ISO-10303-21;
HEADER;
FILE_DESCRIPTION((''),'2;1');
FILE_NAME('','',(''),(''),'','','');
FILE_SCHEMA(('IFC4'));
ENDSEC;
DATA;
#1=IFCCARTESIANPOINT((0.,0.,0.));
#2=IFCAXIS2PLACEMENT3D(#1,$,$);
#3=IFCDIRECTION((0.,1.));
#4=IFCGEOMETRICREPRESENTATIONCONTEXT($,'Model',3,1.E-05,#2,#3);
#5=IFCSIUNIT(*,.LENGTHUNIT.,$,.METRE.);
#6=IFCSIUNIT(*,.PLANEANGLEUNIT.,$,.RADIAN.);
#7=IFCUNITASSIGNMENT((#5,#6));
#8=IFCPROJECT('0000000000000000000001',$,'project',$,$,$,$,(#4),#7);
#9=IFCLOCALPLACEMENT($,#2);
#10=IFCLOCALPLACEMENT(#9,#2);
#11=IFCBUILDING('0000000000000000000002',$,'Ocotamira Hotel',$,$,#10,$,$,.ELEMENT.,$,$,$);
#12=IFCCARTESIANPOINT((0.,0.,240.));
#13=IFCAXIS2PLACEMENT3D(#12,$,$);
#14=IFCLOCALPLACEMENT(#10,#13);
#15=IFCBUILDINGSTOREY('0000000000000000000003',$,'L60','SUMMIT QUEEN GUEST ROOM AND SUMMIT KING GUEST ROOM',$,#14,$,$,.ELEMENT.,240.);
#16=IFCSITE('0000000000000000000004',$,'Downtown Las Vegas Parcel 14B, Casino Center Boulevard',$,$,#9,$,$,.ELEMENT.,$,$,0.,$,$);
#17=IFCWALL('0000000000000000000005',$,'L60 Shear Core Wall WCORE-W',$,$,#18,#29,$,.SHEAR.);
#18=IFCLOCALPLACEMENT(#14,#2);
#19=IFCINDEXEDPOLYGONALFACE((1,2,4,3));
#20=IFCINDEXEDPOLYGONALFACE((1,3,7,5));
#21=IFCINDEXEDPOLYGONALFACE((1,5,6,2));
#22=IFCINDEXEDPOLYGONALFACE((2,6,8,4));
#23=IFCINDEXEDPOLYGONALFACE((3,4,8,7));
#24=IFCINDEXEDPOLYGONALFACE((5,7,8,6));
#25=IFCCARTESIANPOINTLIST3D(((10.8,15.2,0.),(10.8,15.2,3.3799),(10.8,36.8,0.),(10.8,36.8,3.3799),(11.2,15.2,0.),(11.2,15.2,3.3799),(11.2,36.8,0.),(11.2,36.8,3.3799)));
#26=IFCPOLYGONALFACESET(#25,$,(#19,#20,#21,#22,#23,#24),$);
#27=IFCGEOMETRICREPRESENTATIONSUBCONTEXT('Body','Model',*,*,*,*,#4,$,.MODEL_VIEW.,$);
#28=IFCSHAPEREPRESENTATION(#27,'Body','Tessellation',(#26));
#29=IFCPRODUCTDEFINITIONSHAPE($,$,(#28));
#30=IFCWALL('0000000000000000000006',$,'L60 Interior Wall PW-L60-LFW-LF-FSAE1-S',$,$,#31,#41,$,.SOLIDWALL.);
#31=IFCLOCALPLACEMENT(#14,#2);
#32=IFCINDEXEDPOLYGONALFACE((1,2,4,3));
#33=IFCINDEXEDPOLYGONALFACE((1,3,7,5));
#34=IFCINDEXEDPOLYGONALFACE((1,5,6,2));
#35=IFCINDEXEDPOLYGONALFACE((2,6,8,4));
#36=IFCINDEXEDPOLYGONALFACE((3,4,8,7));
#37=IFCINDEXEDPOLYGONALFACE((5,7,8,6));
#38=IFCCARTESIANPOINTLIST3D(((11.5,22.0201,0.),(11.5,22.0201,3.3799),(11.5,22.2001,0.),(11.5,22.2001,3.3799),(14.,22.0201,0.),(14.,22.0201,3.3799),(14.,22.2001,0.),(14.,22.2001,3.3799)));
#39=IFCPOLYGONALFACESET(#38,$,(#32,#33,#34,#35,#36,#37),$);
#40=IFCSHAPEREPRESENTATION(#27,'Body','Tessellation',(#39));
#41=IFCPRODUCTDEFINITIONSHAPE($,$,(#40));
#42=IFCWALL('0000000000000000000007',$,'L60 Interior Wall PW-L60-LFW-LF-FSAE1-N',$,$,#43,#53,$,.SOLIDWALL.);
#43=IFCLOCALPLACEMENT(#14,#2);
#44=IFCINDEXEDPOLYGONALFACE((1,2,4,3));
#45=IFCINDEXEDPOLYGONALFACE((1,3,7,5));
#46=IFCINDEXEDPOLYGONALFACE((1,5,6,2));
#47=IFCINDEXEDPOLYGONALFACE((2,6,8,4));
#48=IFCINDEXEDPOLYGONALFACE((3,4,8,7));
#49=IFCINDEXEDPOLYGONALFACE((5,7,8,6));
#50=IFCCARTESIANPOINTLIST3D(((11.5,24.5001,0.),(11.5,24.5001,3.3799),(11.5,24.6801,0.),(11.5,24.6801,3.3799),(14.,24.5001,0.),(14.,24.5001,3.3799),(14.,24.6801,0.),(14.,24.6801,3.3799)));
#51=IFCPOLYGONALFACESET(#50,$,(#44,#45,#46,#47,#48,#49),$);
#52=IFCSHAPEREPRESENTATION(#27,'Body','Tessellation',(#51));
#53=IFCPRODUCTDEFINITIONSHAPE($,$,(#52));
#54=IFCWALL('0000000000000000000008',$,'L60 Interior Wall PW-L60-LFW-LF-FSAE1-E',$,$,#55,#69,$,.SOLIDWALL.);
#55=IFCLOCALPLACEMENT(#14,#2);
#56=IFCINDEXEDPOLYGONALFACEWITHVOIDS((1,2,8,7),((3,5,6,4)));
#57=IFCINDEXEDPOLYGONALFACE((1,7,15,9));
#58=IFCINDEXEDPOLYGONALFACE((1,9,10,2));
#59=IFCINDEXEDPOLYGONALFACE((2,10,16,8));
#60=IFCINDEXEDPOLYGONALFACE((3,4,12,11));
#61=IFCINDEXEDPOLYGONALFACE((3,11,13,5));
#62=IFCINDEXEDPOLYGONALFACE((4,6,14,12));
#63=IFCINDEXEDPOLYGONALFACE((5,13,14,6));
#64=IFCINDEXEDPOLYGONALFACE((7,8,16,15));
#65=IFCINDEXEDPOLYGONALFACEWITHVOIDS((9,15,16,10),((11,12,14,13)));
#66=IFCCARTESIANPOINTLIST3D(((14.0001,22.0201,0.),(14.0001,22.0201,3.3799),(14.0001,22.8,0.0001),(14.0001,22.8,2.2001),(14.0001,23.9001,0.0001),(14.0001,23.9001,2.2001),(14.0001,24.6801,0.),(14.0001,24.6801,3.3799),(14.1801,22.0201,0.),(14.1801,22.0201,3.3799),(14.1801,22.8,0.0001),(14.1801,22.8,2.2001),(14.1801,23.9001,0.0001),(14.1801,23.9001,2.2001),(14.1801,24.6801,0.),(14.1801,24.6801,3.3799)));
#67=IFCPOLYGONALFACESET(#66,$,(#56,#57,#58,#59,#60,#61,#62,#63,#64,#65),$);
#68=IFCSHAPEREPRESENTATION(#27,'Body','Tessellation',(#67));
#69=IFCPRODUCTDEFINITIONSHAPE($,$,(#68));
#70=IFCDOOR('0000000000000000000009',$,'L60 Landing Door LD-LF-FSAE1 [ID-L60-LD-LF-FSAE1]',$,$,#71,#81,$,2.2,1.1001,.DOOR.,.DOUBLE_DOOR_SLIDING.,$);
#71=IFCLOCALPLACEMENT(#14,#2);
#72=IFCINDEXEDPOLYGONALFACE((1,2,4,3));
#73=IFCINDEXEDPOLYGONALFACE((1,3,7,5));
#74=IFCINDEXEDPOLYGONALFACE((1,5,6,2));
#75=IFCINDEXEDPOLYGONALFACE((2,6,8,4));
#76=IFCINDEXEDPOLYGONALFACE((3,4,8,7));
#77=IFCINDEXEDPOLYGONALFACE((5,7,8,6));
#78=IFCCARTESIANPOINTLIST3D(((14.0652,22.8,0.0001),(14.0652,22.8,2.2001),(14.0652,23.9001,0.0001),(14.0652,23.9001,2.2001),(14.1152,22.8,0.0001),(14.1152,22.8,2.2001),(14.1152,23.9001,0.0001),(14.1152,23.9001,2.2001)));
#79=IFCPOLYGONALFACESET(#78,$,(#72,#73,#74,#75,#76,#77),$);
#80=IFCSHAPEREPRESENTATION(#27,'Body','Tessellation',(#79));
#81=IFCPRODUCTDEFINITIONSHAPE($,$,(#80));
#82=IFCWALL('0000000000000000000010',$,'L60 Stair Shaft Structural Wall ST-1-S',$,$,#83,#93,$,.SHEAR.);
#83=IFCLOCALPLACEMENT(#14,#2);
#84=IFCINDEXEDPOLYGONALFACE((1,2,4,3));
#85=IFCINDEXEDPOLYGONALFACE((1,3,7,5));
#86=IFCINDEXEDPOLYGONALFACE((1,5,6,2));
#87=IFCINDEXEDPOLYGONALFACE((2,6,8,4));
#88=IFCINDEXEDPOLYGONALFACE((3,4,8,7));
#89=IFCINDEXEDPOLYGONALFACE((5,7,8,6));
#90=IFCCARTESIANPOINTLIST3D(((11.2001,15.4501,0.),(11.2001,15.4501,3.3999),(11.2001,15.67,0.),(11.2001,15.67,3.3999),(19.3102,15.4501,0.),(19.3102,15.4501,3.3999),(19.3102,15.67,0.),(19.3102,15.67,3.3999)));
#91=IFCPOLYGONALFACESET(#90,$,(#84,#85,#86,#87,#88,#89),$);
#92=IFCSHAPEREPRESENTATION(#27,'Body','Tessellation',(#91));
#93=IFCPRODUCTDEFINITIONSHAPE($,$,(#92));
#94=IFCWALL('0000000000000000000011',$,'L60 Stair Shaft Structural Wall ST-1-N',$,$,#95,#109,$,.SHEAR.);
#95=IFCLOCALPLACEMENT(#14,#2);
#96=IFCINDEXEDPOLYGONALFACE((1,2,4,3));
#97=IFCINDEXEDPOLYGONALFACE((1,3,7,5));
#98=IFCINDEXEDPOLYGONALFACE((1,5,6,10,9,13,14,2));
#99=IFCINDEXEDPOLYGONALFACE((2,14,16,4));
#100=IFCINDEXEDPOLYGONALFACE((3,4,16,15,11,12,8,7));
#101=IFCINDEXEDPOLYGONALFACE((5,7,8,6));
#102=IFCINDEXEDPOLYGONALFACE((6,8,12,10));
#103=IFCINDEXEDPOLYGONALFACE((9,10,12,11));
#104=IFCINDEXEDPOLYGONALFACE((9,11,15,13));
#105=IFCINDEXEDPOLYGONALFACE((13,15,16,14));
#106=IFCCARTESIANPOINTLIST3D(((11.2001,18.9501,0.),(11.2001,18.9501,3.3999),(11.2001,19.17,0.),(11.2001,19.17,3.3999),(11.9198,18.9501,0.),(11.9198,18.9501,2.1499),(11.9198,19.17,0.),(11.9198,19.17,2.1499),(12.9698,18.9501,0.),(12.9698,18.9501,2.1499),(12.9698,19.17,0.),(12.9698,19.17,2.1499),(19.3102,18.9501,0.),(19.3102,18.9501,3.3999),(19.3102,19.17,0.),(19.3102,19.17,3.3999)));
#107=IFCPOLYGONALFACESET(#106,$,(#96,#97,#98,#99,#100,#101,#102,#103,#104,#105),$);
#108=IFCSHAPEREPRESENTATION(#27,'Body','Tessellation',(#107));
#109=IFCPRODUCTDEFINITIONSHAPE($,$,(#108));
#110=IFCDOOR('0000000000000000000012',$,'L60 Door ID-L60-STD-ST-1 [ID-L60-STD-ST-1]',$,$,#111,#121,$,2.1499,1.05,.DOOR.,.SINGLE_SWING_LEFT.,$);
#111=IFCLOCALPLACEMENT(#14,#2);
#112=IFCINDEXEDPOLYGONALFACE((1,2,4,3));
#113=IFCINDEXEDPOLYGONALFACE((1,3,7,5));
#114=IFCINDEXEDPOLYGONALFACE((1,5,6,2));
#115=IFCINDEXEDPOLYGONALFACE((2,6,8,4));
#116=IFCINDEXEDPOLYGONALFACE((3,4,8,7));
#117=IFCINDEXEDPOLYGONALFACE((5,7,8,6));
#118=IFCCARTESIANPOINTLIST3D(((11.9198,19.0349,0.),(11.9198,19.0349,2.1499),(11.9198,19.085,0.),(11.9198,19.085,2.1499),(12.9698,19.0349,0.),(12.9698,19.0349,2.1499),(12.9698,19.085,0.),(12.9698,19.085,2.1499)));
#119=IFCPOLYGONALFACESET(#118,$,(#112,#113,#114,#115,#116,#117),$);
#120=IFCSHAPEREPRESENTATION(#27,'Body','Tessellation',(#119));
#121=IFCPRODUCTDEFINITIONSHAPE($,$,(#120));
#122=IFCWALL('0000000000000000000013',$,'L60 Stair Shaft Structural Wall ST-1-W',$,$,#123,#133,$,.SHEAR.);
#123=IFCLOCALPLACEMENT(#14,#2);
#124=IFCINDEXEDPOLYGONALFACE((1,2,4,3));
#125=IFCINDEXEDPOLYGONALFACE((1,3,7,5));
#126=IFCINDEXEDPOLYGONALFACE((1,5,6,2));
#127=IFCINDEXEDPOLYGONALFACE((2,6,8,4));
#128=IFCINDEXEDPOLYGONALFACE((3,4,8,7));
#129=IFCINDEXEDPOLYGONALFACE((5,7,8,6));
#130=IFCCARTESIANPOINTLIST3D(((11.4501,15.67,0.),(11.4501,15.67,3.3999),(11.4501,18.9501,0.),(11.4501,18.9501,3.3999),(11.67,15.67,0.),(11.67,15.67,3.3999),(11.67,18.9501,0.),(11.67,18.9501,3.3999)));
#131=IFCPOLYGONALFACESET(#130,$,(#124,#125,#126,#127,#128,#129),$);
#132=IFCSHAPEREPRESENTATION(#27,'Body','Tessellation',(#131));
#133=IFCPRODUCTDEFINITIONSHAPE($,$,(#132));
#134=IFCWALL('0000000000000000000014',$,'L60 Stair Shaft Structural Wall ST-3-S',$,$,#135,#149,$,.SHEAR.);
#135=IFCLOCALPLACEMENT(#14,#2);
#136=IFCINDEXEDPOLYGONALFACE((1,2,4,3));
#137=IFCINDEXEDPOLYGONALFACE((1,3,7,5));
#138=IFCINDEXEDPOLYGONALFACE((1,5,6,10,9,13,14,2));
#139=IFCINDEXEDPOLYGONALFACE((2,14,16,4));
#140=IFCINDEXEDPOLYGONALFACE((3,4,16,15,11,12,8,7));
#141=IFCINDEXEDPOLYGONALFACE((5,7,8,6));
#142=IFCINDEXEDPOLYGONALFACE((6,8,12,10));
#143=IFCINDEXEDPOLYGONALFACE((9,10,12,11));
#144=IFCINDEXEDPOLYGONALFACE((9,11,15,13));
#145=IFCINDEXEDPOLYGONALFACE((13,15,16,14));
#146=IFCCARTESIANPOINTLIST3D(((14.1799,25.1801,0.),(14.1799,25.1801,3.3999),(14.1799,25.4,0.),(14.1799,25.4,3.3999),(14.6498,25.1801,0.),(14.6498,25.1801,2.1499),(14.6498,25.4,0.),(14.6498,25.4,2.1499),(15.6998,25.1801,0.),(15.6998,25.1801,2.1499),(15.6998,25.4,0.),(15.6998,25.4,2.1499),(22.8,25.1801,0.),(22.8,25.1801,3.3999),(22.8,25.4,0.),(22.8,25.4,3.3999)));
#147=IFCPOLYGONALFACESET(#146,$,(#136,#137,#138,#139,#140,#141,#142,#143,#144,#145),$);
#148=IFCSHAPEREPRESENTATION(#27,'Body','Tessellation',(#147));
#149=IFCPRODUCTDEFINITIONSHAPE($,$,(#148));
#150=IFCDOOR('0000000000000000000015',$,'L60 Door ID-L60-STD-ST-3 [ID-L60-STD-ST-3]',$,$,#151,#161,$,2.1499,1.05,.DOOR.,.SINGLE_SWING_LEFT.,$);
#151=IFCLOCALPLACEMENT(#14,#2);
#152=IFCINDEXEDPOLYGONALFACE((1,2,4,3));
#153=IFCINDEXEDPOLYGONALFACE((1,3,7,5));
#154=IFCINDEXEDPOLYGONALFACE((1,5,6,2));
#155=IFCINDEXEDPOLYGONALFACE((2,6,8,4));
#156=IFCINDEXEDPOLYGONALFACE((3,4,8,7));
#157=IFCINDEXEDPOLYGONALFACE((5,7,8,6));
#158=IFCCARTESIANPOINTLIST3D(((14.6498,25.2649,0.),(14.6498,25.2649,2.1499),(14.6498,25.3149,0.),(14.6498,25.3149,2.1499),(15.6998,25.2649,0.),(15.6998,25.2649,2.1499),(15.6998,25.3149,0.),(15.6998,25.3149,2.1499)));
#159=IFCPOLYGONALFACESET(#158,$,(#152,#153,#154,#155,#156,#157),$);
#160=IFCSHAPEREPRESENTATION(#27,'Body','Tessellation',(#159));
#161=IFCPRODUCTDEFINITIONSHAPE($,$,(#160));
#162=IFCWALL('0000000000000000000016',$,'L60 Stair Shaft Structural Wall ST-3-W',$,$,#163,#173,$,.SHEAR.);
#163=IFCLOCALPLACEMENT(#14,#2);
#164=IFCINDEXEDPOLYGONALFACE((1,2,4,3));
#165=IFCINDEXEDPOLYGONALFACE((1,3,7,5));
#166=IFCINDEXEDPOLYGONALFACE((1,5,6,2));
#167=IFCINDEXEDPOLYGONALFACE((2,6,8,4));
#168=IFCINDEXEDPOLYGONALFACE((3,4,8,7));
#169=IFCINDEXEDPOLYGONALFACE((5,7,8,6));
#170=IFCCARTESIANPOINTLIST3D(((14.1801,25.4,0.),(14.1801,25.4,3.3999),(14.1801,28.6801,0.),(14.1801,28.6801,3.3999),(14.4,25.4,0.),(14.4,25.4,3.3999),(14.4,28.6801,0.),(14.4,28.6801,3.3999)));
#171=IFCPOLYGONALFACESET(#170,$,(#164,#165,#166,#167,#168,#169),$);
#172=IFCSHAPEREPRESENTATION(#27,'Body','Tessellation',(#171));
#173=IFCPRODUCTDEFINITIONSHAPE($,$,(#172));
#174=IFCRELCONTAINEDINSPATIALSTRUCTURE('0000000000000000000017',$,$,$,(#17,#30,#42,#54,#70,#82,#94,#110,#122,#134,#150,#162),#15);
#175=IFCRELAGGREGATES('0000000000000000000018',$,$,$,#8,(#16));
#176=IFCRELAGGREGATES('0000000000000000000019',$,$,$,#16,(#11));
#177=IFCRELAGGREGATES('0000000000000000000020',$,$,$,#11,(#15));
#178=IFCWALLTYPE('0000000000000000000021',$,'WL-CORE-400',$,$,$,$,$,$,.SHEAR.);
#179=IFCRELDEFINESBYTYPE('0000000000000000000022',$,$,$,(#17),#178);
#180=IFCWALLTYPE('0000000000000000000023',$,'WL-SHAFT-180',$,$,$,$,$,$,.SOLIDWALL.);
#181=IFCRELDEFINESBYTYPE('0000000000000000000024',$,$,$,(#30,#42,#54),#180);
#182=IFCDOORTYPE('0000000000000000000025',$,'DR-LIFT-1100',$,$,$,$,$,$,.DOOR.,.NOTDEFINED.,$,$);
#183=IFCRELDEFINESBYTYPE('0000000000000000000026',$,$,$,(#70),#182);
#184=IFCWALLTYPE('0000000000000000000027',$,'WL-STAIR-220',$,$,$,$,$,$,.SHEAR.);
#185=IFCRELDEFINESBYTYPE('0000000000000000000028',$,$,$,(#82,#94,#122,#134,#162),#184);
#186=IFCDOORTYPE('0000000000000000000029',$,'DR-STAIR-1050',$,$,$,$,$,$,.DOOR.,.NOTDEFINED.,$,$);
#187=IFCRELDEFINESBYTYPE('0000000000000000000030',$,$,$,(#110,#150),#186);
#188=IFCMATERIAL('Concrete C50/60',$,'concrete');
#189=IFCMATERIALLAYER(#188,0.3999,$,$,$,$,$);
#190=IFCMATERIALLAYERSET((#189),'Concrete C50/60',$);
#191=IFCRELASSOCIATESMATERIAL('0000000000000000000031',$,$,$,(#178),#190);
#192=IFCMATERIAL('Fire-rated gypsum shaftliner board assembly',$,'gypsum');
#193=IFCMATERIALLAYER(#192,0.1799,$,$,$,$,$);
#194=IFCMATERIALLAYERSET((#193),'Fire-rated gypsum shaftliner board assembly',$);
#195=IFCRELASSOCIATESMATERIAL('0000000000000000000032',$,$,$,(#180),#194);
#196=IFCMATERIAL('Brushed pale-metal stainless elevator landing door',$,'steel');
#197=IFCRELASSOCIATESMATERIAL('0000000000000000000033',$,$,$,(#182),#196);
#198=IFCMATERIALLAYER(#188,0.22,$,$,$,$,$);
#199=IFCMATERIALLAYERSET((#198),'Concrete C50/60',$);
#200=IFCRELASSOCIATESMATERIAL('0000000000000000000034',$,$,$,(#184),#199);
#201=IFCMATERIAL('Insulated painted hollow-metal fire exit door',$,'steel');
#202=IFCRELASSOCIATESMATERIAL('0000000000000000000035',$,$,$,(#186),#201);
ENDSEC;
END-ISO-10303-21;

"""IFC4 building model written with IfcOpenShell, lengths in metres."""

from ifc_helpers import new_model, si_unit, direction, frame, frame_2d, origin, place, context, subcontext, project, spatial, rectangle, extrude, source, transform, mapped, material, layer, layer_set, type_object, element, fill, save


model = new_model("IFC4")

# Units and contexts
model_context = context("Model", 3, precision=1e-05, world=origin(), true_north=direction((0.0, 1.0)))
body_context = subcontext(model_context, "Body", "Model", "MODEL_VIEW")
ifc_project = project(units=[si_unit("LENGTHUNIT", "METRE"), si_unit("PLANEANGLEUNIT", "RADIAN")], contexts=[model_context])

# Site, building, storey
site_placement = place(None, origin())
site = spatial("IfcSite", under=ifc_project, at=site_placement, Name="Downtown Las Vegas Parcel 14B, Casino Center Boulevard", CompositionType="ELEMENT", RefElevation=0.0)
building_placement = place(site_placement, origin())
building = spatial("IfcBuilding", under=site, at=building_placement, Name="Ocotamira Hotel", CompositionType="ELEMENT")
storey_placement = place(building_placement, frame((0.0, 0.0, 240.0)))
storey = spatial("IfcBuildingStorey", under=building, at=storey_placement, Name="L60", Description="SUMMIT QUEEN GUEST ROOM AND SUMMIT KING GUEST ROOM", CompositionType="ELEMENT", Elevation=240.0)

# Wall
ifc_material_1 = material(Name="Concrete C50/60", Category="concrete")
ifc_layer_1 = layer(ifc_material_1, 0.3999)
ifc_layer_set_1 = layer_set([ifc_layer_1], Name="Concrete C50/60")
wall_type_1 = type_object("IfcWallType", Name="WL-CORE-400", PredefinedType="SHEAR", material=ifc_layer_set_1)
wall_1_placement = place(storey_placement, frame((11.0, 15.2, 0.0), z_axis=(0.0, 0.0, 1.0), x_axis=(0.0, 1.0, 0.0)))
element("IfcWall", 1, at=wall_1_placement, inside=storey, type_object=wall_type_1, Name="L60 Shear Core Wall WCORE-W", PredefinedType="SHEAR", context=body_context, shape_type="SweptSolid", body=[
    extrude(rectangle(XDim=21.6001, YDim=0.3999, at=frame_2d((10.8, 0.0))), origin(), (0.0, 0.0, 1.0), 3.3799),
])

# Walls
ifc_material_2 = material(Name="Fire-rated gypsum shaftliner board assembly", Category="gypsum")
ifc_layer_2 = layer(ifc_material_2, 0.1799)
ifc_layer_set_2 = layer_set([ifc_layer_2], Name="Fire-rated gypsum shaftliner board assembly")
wall_type_2 = type_object("IfcWallType", Name="WL-SHAFT-180", PredefinedType="SOLIDWALL", material=ifc_layer_set_2)
for number, where, z_axis, x_axis, name in (
    (2, (11.5, 22.1101, 0.0), (0.0, 0.0, 1.0), (1.0, 0.0, 0.0), "L60 Interior Wall PW-L60-LFW-LF-FSAE1-S"),
    (3, (11.5, 24.5901, 0.0), (0.0, 0.0, 1.0), (1.0, 0.0, 0.0), "L60 Interior Wall PW-L60-LFW-LF-FSAE1-N"),
):
    element("IfcWall", number, at=place(storey_placement, frame(where, z_axis=z_axis, x_axis=x_axis)), inside=storey, type_object=wall_type_2, Name=name, PredefinedType="SOLIDWALL", context=body_context, shape_type="SweptSolid", body=[
        extrude(rectangle(XDim=2.5, YDim=0.1799, at=frame_2d((1.25, 0.0))), origin(), (0.0, 0.0, 1.0), 3.3799),
    ])

# Wall, opening, door
wall_2_placement = place(storey_placement, frame((14.0901, 22.02, 0.0), z_axis=(0.0, 0.0, 1.0), x_axis=(0.0, 1.0, 0.0)))
wall_2 = element("IfcWall", 4, at=wall_2_placement, inside=storey, type_object=wall_type_2, Name="L60 Interior Wall PW-L60-LFW-LF-FSAE1-E", PredefinedType="SOLIDWALL", context=body_context, shape_type="SweptSolid", body=[
    extrude(rectangle(XDim=2.6599, YDim=0.1799, at=frame_2d((1.3301, 0.0))), origin(), (0.0, 0.0, 1.0), 3.3799),
])
opening_1_placement = place(wall_2_placement, frame((0.78, 0.0, 0.0)))
opening_1 = element("IfcOpeningElement", 5, at=opening_1_placement, cuts=wall_2, PredefinedType="OPENING", context=body_context, shape_type="SweptSolid", body=[
    extrude(rectangle(XDim=1.1001, YDim=2.2, at=frame_2d((0.55, 1.1001))), frame((0.0, 0.1001, 0.0), z_axis=(0.0, -1.0, 0.0), x_axis=(1.0, 0.0, 0.0)), (0.0, 0.0, 1.0), 0.2),
])
ifc_material_3 = material(Name="Brushed pale-metal stainless elevator landing door", Category="steel")
door_type_1 = type_object("IfcDoorType", Name="DR-LIFT-1100", OperationType="NOTDEFINED", PredefinedType="DOOR", material=ifc_material_3)
shared_shape_1 = source(origin(), body_context, "Body", "SweptSolid", [
    extrude(rectangle(XDim=1.1001, YDim=2.2, at=frame_2d((0.55, 1.1001))), frame((0.0, 0.0249, 0.0), z_axis=(0.0, -1.0, 0.0), x_axis=(1.0, 0.0, 0.0)), (0.0, 0.0, 1.0), 0.05),
])
door_1_placement = place(opening_1_placement, origin())
door_1 = element("IfcDoor", 6, at=door_1_placement, inside=storey, type_object=door_type_1, Name="L60 Landing Door LD-LF-FSAE1 [ID-L60-LD-LF-FSAE1]", OperationType="DOUBLE_DOOR_SLIDING", OverallHeight=2.2, OverallWidth=1.1001, PredefinedType="DOOR", context=body_context, shape_type="MappedRepresentation", body=[
    mapped(shared_shape_1, transform((0.0, 0.0, 0.0), scale=1.0)),
])
fill(opening_1, door_1)

# Wall
ifc_layer_3 = layer(ifc_material_1, 0.22)
ifc_layer_set_3 = layer_set([ifc_layer_3], Name="Concrete C50/60")
wall_type_3 = type_object("IfcWallType", Name="WL-STAIR-220", PredefinedType="SHEAR", material=ifc_layer_set_3)
wall_3_placement = place(storey_placement, frame((11.2, 15.5601, 0.0), z_axis=(0.0, 0.0, 1.0), x_axis=(1.0, 0.0, 0.0)))
element("IfcWall", 7, at=wall_3_placement, inside=storey, type_object=wall_type_3, Name="L60 Stair Shaft Structural Wall ST-1-S", PredefinedType="SHEAR", context=body_context, shape_type="SweptSolid", body=[
    extrude(rectangle(XDim=8.1101, YDim=0.22, at=frame_2d((4.0552, 0.0))), origin(), (0.0, 0.0, 1.0), 3.3999),
])

# Wall, opening, door
wall_4_placement = place(storey_placement, frame((11.2, 19.0601, 0.0), z_axis=(0.0, 0.0, 1.0), x_axis=(1.0, 0.0, 0.0)))
wall_4 = element("IfcWall", 8, at=wall_4_placement, inside=storey, type_object=wall_type_3, Name="L60 Stair Shaft Structural Wall ST-1-N", PredefinedType="SHEAR", context=body_context, shape_type="SweptSolid", body=[
    extrude(rectangle(XDim=8.1101, YDim=0.22, at=frame_2d((4.0552, 0.0))), origin(), (0.0, 0.0, 1.0), 3.3999),
])
opening_2_placement = place(wall_4_placement, frame((0.72, 0.0, 0.0)))
opening_2 = element("IfcOpeningElement", 9, at=opening_2_placement, cuts=wall_4, PredefinedType="OPENING", context=body_context, shape_type="SweptSolid", body=[
    extrude(rectangle(XDim=1.05, YDim=2.1499, at=frame_2d((0.5249, 1.075))), frame((0.0, 0.1201, 0.0), z_axis=(0.0, -1.0, 0.0), x_axis=(1.0, 0.0, 0.0)), (0.0, 0.0, 1.0), 0.24),
])
ifc_material_4 = material(Name="Insulated painted hollow-metal fire exit door", Category="steel")
door_type_2 = type_object("IfcDoorType", Name="DR-STAIR-1050", OperationType="NOTDEFINED", PredefinedType="DOOR", material=ifc_material_4)
shared_shape_2 = source(origin(), body_context, "Body", "SweptSolid", [
    extrude(rectangle(XDim=1.05, YDim=2.1499, at=frame_2d((0.5249, 1.075))), frame((0.0, 0.0249, 0.0), z_axis=(0.0, -1.0, 0.0), x_axis=(1.0, 0.0, 0.0)), (0.0, 0.0, 1.0), 0.05),
])
door_2_placement = place(opening_2_placement, origin())
door_2 = element("IfcDoor", 10, at=door_2_placement, inside=storey, type_object=door_type_2, Name="L60 Door ID-L60-STD-ST-1 [ID-L60-STD-ST-1]", OperationType="SINGLE_SWING_LEFT", OverallHeight=2.1499, OverallWidth=1.05, PredefinedType="DOOR", context=body_context, shape_type="MappedRepresentation", body=[
    mapped(shared_shape_2, transform((0.0, 0.0, 0.0), scale=1.0)),
])
fill(opening_2, door_2)

# Wall
wall_5_placement = place(storey_placement, frame((11.5601, 15.6699, 0.0), z_axis=(0.0, 0.0, 1.0), x_axis=(0.0, 1.0, 0.0)))
element("IfcWall", 11, at=wall_5_placement, inside=storey, type_object=wall_type_3, Name="L60 Stair Shaft Structural Wall ST-1-W", PredefinedType="SHEAR", context=body_context, shape_type="SweptSolid", body=[
    extrude(rectangle(XDim=3.28, YDim=0.22, at=frame_2d((1.6401, 0.0))), origin(), (0.0, 0.0, 1.0), 3.3999),
])

# Wall, opening, door
wall_6_placement = place(storey_placement, frame((14.1799, 25.29, 0.0), z_axis=(0.0, 0.0, 1.0), x_axis=(1.0, 0.0, 0.0)))
wall_6 = element("IfcWall", 12, at=wall_6_placement, inside=storey, type_object=wall_type_3, Name="L60 Stair Shaft Structural Wall ST-3-S", PredefinedType="SHEAR", context=body_context, shape_type="SweptSolid", body=[
    extrude(rectangle(XDim=8.6201, YDim=0.22, at=frame_2d((4.3101, 0.0))), origin(), (0.0, 0.0, 1.0), 3.3999),
])
opening_3_placement = place(wall_6_placement, frame((0.47, 0.0, 0.0)))
opening_3 = element("IfcOpeningElement", 13, at=opening_3_placement, cuts=wall_6, PredefinedType="OPENING", context=body_context, shape_type="SweptSolid", body=[
    extrude(rectangle(XDim=1.05, YDim=2.1499, at=frame_2d((0.5249, 1.075))), frame((0.0, 0.1201, 0.0), z_axis=(0.0, -1.0, 0.0), x_axis=(1.0, 0.0, 0.0)), (0.0, 0.0, 1.0), 0.24),
])
door_3_placement = place(opening_3_placement, origin())
door_3 = element("IfcDoor", 14, at=door_3_placement, inside=storey, type_object=door_type_2, Name="L60 Door ID-L60-STD-ST-3 [ID-L60-STD-ST-3]", OperationType="SINGLE_SWING_LEFT", OverallHeight=2.1499, OverallWidth=1.05, PredefinedType="DOOR", context=body_context, shape_type="MappedRepresentation", body=[
    mapped(shared_shape_2, transform((0.0, 0.0, 0.0), scale=1.0)),
])
fill(opening_3, door_3)

# Wall
wall_7_placement = place(storey_placement, frame((14.29, 25.3999, 0.0), z_axis=(0.0, 0.0, 1.0), x_axis=(0.0, 1.0, 0.0)))
element("IfcWall", 15, at=wall_7_placement, inside=storey, type_object=wall_type_3, Name="L60 Stair Shaft Structural Wall ST-3-W", PredefinedType="SHEAR", context=body_context, shape_type="SweptSolid", body=[
    extrude(rectangle(XDim=3.28, YDim=0.22, at=frame_2d((1.6401, 0.0))), origin(), (0.0, 0.0, 1.0), 3.3999),
])

save(model, "model.ifc")
